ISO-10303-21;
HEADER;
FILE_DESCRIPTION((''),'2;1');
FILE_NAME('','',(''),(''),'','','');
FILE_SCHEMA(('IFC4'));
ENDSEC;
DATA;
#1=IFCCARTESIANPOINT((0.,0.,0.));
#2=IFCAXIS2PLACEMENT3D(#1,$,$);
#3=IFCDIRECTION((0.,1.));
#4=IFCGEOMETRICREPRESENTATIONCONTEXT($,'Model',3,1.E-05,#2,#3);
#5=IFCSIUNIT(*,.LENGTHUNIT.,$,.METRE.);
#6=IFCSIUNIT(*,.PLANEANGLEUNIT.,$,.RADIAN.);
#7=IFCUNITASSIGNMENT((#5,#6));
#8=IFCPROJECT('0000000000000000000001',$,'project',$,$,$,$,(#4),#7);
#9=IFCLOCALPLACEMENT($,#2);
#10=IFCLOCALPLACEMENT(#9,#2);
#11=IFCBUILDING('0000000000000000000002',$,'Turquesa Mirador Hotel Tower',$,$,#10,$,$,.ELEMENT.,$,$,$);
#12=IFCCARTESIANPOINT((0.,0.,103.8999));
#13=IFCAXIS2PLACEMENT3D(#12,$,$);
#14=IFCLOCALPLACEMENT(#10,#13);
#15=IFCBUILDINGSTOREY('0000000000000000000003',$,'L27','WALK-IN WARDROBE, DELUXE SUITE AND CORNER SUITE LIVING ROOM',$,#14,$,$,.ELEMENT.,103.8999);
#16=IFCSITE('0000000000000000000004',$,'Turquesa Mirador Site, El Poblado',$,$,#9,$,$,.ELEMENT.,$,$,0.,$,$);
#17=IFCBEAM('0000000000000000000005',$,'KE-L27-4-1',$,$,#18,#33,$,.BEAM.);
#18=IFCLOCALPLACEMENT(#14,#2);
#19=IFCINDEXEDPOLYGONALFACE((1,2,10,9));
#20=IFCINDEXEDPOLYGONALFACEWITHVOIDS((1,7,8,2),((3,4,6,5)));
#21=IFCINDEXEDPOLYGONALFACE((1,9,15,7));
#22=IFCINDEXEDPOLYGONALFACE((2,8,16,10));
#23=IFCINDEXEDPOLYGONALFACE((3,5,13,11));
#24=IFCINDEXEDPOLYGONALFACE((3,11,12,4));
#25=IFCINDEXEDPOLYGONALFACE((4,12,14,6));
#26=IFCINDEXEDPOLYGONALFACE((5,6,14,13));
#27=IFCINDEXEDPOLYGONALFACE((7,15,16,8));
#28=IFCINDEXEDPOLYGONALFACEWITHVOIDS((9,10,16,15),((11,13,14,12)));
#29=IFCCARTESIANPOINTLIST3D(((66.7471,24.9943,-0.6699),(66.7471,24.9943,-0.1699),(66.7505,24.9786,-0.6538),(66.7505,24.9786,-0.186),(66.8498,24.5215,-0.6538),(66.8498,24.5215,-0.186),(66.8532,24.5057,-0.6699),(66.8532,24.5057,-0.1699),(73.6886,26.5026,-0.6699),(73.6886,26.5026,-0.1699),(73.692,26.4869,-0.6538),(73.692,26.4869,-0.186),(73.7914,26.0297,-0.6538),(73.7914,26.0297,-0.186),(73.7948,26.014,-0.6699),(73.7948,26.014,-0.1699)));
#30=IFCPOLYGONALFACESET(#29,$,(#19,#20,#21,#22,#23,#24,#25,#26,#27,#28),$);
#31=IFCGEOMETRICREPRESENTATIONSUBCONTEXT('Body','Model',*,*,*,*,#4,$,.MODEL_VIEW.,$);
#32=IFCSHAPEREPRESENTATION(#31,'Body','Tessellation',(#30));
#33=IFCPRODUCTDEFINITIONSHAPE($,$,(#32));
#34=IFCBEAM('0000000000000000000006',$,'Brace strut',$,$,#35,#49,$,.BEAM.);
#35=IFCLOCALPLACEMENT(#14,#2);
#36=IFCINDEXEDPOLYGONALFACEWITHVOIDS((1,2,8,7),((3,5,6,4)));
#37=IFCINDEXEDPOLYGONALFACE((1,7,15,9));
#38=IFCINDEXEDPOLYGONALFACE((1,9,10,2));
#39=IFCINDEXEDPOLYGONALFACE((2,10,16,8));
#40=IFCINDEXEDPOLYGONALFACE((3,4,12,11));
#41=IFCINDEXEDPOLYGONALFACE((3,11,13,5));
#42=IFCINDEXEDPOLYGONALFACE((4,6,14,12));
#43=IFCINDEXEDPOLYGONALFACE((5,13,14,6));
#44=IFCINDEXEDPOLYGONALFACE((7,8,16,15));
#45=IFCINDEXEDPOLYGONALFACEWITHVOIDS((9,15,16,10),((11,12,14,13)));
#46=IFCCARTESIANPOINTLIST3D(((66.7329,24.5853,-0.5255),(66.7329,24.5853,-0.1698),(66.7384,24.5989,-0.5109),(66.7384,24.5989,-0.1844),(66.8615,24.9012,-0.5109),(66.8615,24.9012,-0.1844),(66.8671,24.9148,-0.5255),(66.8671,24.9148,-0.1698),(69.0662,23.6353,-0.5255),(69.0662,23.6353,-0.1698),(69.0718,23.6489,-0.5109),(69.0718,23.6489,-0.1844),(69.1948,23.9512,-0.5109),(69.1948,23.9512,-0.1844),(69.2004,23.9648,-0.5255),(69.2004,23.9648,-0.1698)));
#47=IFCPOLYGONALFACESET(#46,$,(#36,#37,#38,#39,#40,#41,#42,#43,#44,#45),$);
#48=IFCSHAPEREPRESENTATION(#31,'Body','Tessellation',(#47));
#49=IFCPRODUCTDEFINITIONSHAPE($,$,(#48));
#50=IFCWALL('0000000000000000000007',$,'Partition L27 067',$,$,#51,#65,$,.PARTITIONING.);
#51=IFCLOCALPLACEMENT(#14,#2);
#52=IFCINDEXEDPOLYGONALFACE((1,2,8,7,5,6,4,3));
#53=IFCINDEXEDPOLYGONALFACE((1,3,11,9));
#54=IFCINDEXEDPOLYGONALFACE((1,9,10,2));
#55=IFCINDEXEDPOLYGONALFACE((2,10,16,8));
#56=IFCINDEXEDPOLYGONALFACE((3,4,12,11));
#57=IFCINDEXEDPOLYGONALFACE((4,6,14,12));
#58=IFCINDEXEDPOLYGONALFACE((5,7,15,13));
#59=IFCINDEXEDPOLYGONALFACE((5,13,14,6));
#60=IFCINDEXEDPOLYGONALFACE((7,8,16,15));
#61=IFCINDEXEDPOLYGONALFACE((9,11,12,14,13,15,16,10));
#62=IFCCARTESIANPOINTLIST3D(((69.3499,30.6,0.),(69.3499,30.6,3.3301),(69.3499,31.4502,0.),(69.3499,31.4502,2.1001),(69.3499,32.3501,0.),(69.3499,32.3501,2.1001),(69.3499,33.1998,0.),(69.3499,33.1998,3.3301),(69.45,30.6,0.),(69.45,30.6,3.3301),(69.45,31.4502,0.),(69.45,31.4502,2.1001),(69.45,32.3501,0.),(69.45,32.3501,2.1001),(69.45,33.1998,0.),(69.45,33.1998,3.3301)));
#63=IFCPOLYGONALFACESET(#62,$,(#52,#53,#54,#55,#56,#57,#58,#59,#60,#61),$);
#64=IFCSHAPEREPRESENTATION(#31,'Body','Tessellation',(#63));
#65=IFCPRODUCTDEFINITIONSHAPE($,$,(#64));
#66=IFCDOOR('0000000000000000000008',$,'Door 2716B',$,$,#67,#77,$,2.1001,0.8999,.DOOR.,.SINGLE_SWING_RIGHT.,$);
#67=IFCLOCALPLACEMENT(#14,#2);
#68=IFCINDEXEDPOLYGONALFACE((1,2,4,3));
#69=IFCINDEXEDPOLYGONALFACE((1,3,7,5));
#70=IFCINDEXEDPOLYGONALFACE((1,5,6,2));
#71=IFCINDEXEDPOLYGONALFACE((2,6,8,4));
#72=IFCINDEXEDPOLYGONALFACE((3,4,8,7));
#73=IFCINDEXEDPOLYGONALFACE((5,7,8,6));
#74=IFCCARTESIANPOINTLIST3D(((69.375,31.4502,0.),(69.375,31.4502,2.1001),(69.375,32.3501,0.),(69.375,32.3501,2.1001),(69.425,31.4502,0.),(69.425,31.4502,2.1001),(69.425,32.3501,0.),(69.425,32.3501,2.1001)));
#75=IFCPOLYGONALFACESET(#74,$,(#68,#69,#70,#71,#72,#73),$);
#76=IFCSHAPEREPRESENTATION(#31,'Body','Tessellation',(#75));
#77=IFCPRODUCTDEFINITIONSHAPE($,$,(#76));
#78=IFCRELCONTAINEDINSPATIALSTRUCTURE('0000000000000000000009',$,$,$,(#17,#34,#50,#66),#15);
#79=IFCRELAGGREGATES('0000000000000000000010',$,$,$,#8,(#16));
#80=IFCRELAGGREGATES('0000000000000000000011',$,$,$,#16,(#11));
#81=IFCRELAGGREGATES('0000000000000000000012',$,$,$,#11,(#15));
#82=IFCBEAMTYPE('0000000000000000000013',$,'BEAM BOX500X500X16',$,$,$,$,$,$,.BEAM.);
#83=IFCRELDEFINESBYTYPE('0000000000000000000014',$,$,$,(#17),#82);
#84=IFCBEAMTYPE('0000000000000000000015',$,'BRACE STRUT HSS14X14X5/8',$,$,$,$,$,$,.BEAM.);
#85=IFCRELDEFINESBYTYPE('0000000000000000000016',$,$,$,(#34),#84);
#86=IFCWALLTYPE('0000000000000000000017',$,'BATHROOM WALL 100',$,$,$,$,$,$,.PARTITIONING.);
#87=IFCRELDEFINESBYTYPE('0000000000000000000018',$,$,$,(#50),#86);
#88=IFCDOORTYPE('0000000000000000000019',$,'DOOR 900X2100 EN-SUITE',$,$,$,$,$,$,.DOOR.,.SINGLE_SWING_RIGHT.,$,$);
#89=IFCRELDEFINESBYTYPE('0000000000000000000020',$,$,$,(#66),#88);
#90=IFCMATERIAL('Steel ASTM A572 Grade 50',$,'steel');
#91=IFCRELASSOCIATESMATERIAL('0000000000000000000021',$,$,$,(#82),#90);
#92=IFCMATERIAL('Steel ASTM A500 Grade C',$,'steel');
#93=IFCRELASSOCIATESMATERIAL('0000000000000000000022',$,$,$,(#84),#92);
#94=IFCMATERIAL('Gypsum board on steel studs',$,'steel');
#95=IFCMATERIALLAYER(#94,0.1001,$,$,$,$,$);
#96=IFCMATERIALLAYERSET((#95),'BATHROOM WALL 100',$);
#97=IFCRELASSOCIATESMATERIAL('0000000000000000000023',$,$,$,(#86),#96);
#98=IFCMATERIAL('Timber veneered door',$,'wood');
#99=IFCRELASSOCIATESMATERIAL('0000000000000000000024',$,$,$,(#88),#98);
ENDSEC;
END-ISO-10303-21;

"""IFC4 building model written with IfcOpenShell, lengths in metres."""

from ifc_helpers import new_model, si_unit, direction, frame, frame_2d, origin, origin_2d, place, context, subcontext, project, spatial, rectangle, hollow_rectangle, extrude, material, layer, layer_set, material_profile, profile_set, type_object, element, fill, save


model = new_model("IFC4")

# Units and contexts
model_context = context("Model", 3, precision=1e-05, world=origin(), true_north=direction((0.0, 1.0)))
body_context = subcontext(model_context, "Body", "Model", "MODEL_VIEW")
ifc_project = project(units=[si_unit("LENGTHUNIT", "METRE"), si_unit("PLANEANGLEUNIT", "RADIAN")], contexts=[model_context])

# Site, building, storey
site_placement = place(None, origin())
site = spatial("IfcSite", under=ifc_project, at=site_placement, Name="Turquesa Mirador Site, El Poblado", CompositionType="ELEMENT", RefElevation=0.0)
building_placement = place(site_placement, origin())
building = spatial("IfcBuilding", under=site, at=building_placement, Name="Turquesa Mirador Hotel Tower", CompositionType="ELEMENT")
storey_placement = place(building_placement, frame((0.0, 0.0, 103.8999)))
storey = spatial("IfcBuildingStorey", under=building, at=storey_placement, Name="L27", Description="WALK-IN WARDROBE, DELUXE SUITE AND CORNER SUITE LIVING ROOM", CompositionType="ELEMENT", Elevation=103.8999)

# Beams
ifc_material_1 = material(Name="Steel ASTM A572 Grade 50", Category="steel")
ifc_material_profile_1 = material_profile(ifc_material_1, hollow_rectangle(XDim=0.5, YDim=0.5, WallThickness=0.0161, at=origin_2d()), Name="BOX500X500X16")
ifc_profile_set_1 = profile_set([ifc_material_profile_1], Name="Steel ASTM A572 Grade 50")
beam_type_1 = type_object("IfcBeamType", Name="BEAM BOX500X500X16", PredefinedType="BEAM", material=ifc_profile_set_1)
beam_1_placement = place(storey_placement, frame((73.7417, 26.2583, -0.4199), z_axis=(-0.977198, -0.212328, 0.0), x_axis=(0.212328, -0.977198, 0.0)))
element("IfcBeam", 1, at=beam_1_placement, inside=storey, type_object=beam_type_1, Name="KE-L27-4-1", PredefinedType="BEAM", context=body_context, shape_type="SweptSolid", body=[
    extrude(hollow_rectangle(XDim=0.5, YDim=0.5, WallThickness=0.0161, at=origin_2d()), origin(), (0.0, 0.0, 1.0), 7.1035),
])
ifc_material_2 = material(Name="Steel ASTM A500 Grade C", Category="steel")
ifc_material_profile_2 = material_profile(ifc_material_2, hollow_rectangle(XDim=0.3557, YDim=0.3557, WallThickness=0.0146, at=origin_2d()), Name="HSS14X14X5/8")
ifc_profile_set_2 = profile_set([ifc_material_profile_2], Name="Steel ASTM A500 Grade C")
beam_type_2 = type_object("IfcBeamType", Name="BRACE STRUT HSS14X14X5/8", PredefinedType="BEAM", material=ifc_profile_set_2)
beam_2_placement = place(storey_placement, frame((69.1333, 23.8, -0.3477), z_axis=(-0.92618, 0.377081, 0.0), x_axis=(-0.377081, -0.92618, 0.0)))
element("IfcBeam", 2, at=beam_2_placement, inside=storey, type_object=beam_type_2, Name="Brace strut", PredefinedType="BEAM", context=body_context, shape_type="SweptSolid", body=[
    extrude(hollow_rectangle(XDim=0.3557, YDim=0.3557, WallThickness=0.0146, at=origin_2d()), origin(), (0.0, 0.0, 1.0), 2.5193),
])

# Wall, opening, door
ifc_material_3 = material(Name="Gypsum board on steel studs", Category="steel")
ifc_layer_1 = layer(ifc_material_3, 0.1001)
ifc_layer_set_1 = layer_set([ifc_layer_1], Name="BATHROOM WALL 100")
wall_type_1 = type_object("IfcWallType", Name="BATHROOM WALL 100", PredefinedType="PARTITIONING", material=ifc_layer_set_1)
wall_1_placement = place(storey_placement, frame((69.3999, 30.6001, 0.0), z_axis=(0.0, 0.0, 1.0), x_axis=(0.0, 1.0, 0.0)))
wall_1 = element("IfcWall", 3, at=wall_1_placement, inside=storey, type_object=wall_type_1, Name="Partition L27 067", PredefinedType="PARTITIONING", context=body_context, shape_type="SweptSolid", body=[
    extrude(rectangle(XDim=2.5999, YDim=0.1001, at=frame_2d((1.2998, 0.0))), origin(), (0.0, 0.0, 1.0), 3.3301),
])
opening_1_placement = place(wall_1_placement, frame((0.8501, 0.0, 0.0)))
opening_1 = element("IfcOpeningElement", 4, at=opening_1_placement, cuts=wall_1, PredefinedType="OPENING", context=body_context, shape_type="SweptSolid", body=[
    extrude(rectangle(XDim=0.8999, YDim=2.1001, at=frame_2d((0.45, 1.05))), frame((0.0, 0.0601, 0.0), z_axis=(0.0, -1.0, 0.0), x_axis=(1.0, 0.0, 0.0)), (0.0, 0.0, 1.0), 0.1201),
])
ifc_material_4 = material(Name="Timber veneered door", Category="wood")
door_type_1 = type_object("IfcDoorType", Name="DOOR 900X2100 EN-SUITE", OperationType="SINGLE_SWING_RIGHT", PredefinedType="DOOR", material=ifc_material_4)
door_1_placement = place(opening_1_placement, origin())
door_1 = element("IfcDoor", 5, at=door_1_placement, inside=storey, type_object=door_type_1, Name="Door 2716B", OperationType="SINGLE_SWING_RIGHT", OverallHeight=2.1001, OverallWidth=0.8999, PredefinedType="DOOR", context=body_context, shape_type="SweptSolid", body=[
    extrude(rectangle(XDim=0.8999, YDim=2.1001, at=frame_2d((0.45, 1.05))), frame((0.0, 0.0249, 0.0), z_axis=(0.0, -1.0, 0.0), x_axis=(1.0, 0.0, 0.0)), (0.0, 0.0, 1.0), 0.05),
])
fill(opening_1, door_1)

save(model, "model.ifc")
